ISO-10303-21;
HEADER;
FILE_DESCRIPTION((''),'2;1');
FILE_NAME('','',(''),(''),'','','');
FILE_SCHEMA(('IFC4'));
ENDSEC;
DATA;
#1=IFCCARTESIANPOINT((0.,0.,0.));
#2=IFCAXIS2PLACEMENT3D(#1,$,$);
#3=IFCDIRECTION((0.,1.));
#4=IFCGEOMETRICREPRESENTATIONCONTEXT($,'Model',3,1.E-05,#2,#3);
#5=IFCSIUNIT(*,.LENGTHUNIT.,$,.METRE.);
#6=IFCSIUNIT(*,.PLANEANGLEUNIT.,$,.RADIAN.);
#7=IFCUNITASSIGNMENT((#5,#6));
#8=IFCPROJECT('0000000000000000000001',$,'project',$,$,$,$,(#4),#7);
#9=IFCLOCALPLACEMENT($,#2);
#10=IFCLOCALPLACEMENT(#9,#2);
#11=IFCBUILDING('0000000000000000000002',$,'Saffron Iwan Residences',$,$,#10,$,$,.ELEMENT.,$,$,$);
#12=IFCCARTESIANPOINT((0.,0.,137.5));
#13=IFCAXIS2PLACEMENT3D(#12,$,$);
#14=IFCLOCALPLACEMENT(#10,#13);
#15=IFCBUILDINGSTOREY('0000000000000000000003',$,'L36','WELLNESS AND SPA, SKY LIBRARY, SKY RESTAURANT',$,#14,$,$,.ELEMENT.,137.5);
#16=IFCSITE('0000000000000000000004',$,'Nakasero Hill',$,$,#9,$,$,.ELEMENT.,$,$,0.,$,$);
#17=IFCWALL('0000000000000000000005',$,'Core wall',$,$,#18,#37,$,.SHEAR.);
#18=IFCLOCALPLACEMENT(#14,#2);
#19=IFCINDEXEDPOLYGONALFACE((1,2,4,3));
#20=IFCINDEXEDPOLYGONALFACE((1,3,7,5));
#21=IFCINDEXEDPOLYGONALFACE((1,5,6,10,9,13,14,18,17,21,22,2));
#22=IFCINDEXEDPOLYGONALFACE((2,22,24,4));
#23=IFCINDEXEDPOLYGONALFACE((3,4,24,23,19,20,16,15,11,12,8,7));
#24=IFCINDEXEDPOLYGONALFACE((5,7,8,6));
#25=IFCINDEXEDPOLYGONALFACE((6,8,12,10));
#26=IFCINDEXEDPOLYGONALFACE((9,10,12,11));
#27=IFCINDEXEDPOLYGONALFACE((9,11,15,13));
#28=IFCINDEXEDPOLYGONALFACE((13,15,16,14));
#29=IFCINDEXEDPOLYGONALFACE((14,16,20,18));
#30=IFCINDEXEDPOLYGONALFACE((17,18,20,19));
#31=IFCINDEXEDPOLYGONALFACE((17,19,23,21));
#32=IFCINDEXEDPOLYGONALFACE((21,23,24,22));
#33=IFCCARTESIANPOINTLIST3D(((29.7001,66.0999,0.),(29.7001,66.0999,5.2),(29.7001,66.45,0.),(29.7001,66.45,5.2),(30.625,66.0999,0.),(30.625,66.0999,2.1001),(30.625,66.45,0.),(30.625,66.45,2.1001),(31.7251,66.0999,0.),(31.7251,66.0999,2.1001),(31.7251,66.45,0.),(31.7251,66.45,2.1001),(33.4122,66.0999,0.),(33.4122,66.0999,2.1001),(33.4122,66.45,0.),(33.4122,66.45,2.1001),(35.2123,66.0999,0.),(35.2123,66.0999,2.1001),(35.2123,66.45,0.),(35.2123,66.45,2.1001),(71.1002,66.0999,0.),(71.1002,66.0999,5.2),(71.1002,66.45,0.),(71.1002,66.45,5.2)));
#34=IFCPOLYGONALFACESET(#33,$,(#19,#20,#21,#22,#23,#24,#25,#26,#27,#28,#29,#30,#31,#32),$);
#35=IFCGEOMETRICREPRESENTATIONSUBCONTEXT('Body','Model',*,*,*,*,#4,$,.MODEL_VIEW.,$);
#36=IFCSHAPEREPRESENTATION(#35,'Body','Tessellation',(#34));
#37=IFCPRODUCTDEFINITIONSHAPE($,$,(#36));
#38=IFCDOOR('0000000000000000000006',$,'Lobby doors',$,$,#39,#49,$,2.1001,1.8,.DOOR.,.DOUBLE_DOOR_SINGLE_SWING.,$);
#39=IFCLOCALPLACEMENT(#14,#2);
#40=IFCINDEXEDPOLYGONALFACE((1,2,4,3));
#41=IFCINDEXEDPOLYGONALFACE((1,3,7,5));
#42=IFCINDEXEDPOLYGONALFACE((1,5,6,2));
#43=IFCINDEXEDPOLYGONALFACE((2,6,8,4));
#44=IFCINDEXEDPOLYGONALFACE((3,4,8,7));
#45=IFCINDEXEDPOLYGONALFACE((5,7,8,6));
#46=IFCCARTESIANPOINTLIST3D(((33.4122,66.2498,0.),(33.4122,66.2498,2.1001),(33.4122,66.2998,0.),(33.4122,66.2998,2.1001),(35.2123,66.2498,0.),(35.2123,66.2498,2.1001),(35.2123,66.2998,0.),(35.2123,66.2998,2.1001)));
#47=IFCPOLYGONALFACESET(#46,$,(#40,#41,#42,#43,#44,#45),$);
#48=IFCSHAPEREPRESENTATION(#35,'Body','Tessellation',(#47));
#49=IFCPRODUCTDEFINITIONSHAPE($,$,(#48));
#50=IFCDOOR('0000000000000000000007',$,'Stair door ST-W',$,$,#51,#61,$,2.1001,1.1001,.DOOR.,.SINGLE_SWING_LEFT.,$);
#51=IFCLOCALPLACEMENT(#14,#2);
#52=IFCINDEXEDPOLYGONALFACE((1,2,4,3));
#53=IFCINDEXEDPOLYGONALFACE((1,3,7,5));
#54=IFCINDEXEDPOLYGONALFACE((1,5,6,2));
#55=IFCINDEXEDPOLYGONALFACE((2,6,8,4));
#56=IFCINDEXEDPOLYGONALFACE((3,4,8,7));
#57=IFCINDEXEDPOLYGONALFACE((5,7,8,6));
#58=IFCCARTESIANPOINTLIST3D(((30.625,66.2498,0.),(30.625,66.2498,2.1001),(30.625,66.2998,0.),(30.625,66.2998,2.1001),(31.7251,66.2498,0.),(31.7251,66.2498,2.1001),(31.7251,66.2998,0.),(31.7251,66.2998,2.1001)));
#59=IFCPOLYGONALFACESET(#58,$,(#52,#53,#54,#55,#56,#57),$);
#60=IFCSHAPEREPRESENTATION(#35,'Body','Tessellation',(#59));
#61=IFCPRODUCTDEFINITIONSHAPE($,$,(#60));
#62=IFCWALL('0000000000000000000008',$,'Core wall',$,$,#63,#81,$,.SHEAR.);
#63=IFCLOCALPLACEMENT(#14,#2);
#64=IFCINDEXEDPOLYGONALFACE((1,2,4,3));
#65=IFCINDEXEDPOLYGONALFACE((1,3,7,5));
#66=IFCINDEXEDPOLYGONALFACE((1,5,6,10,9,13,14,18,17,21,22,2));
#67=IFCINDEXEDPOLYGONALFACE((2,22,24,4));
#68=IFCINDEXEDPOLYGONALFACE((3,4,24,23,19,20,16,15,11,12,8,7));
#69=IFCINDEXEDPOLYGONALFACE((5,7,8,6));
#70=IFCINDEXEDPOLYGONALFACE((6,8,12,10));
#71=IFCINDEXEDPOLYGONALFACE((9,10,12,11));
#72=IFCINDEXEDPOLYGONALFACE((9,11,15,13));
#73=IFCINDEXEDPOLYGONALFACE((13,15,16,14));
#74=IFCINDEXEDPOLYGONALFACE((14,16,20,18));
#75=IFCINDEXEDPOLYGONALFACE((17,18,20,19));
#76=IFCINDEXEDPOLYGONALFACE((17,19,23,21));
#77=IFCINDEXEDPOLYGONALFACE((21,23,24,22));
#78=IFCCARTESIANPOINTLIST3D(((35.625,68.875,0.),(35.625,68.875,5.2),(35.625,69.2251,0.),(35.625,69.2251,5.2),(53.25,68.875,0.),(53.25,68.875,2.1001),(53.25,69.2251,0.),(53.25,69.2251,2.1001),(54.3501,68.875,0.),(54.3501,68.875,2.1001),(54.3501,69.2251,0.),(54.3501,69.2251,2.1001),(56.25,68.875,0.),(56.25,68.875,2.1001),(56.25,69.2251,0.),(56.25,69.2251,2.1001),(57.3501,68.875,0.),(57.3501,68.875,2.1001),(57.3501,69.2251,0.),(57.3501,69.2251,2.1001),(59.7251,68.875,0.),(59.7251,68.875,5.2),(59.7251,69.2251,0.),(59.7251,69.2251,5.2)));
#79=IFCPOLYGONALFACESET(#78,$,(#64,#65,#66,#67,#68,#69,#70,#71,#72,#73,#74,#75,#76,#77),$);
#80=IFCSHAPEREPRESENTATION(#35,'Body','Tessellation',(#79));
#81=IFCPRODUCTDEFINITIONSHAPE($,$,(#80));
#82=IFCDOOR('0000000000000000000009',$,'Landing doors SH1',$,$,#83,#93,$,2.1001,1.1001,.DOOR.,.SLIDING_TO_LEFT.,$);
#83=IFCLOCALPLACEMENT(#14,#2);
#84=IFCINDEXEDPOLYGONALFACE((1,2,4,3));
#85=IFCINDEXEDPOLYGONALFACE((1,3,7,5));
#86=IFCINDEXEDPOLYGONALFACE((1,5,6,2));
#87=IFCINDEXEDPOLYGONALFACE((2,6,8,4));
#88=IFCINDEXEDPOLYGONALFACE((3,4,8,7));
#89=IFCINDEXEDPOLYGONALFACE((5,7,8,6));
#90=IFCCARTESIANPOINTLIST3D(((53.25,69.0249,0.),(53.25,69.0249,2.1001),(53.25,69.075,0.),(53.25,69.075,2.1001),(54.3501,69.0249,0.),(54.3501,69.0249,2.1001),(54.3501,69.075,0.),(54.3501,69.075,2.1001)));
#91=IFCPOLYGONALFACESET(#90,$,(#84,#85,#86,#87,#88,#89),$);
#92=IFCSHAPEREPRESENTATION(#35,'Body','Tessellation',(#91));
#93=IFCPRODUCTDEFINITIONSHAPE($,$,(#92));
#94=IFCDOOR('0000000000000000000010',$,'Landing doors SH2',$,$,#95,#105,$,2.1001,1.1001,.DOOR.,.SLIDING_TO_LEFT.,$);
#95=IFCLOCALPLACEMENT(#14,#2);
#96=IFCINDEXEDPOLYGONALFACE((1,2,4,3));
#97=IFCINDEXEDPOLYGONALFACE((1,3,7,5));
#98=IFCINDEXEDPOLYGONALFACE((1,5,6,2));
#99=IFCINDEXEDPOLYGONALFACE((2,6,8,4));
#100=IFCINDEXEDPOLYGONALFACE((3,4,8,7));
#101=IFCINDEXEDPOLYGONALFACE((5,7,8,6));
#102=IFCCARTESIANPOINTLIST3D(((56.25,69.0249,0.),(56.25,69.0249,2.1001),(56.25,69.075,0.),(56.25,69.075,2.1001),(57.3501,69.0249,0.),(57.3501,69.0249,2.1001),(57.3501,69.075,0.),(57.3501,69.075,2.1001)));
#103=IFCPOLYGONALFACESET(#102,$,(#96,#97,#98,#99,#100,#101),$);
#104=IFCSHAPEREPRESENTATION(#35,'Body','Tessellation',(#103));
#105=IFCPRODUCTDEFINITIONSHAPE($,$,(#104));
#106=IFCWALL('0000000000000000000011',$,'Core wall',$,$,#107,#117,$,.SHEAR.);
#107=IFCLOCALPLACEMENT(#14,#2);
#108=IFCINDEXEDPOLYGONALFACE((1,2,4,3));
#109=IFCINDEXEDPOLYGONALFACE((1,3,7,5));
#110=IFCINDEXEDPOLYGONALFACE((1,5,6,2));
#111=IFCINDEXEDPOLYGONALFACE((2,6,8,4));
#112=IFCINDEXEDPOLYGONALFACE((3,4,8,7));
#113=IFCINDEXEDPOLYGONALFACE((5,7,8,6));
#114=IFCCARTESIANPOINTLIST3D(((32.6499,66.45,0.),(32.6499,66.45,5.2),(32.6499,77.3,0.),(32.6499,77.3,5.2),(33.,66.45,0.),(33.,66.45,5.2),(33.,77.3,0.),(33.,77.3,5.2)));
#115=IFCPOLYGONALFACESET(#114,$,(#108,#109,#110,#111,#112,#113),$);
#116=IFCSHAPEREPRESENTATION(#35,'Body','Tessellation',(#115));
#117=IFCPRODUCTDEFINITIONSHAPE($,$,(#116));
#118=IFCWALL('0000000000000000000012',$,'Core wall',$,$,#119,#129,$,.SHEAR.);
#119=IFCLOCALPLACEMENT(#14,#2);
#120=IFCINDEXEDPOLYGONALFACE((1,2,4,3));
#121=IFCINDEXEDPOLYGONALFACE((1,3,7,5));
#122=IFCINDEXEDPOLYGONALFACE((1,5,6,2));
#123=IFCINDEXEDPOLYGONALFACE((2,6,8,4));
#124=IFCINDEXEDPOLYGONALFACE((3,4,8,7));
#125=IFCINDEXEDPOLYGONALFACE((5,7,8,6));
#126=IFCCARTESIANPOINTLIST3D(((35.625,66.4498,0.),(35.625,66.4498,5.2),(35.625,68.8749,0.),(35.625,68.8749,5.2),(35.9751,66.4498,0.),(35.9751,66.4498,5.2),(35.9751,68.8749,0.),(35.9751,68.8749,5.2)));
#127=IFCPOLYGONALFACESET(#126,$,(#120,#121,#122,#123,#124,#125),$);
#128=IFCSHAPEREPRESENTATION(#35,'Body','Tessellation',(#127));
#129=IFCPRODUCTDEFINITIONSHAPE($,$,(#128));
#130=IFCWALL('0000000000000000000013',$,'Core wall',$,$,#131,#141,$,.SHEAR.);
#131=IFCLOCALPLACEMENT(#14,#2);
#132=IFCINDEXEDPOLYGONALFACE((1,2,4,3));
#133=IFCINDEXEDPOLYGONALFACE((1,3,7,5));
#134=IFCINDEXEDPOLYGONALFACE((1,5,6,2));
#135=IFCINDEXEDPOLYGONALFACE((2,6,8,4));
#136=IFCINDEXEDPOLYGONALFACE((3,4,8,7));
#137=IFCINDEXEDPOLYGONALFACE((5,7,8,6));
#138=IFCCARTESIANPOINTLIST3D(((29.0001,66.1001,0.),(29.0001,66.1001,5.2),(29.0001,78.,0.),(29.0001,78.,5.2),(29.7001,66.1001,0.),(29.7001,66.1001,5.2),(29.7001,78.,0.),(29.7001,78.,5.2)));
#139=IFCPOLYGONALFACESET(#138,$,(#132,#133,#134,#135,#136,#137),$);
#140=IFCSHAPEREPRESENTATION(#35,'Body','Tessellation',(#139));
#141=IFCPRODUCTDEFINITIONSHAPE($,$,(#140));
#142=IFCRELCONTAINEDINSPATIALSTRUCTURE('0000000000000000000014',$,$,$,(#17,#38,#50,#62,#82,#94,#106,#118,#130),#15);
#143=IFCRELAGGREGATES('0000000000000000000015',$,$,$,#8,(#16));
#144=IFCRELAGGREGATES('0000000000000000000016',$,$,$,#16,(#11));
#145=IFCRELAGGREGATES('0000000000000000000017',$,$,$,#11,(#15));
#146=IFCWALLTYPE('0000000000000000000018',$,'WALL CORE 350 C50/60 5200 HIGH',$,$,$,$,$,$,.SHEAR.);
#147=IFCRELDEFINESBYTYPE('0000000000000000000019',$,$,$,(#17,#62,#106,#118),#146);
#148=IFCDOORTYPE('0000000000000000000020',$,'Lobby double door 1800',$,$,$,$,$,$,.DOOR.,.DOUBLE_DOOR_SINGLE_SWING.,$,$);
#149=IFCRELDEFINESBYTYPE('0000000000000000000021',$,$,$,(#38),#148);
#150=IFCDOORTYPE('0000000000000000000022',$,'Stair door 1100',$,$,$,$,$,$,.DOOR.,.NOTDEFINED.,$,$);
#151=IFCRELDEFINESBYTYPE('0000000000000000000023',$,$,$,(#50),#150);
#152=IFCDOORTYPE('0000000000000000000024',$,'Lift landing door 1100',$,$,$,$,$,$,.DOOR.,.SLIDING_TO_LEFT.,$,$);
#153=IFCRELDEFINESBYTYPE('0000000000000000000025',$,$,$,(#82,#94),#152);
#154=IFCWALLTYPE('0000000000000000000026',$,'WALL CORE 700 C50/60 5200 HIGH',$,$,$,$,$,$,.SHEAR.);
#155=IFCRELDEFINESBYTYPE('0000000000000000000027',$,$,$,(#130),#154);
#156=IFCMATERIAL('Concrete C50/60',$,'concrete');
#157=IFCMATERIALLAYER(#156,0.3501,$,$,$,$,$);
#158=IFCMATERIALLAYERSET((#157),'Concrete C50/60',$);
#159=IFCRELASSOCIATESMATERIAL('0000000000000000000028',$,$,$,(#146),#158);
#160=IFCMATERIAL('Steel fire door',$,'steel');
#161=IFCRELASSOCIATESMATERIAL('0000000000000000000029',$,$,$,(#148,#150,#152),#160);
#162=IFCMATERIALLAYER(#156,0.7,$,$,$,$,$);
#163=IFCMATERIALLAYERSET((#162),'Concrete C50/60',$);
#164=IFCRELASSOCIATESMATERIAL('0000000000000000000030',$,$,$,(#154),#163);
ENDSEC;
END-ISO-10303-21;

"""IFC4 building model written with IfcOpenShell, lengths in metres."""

from ifc_helpers import new_model, si_unit, direction, frame, frame_2d, origin, place, context, subcontext, project, spatial, rectangle, extrude, material, layer, layer_set, type_object, element, fill, save


model = new_model("IFC4")

# Units and contexts
model_context = context("Model", 3, precision=1e-05, world=origin(), true_north=direction((0.0, 1.0)))
body_context = subcontext(model_context, "Body", "Model", "MODEL_VIEW")
ifc_project = project(units=[si_unit("LENGTHUNIT", "METRE"), si_unit("PLANEANGLEUNIT", "RADIAN")], contexts=[model_context])

# Site, building, storey
site_placement = place(None, origin())
site = spatial("IfcSite", under=ifc_project, at=site_placement, Name="Nakasero Hill", CompositionType="ELEMENT", RefElevation=0.0)
building_placement = place(site_placement, origin())
building = spatial("IfcBuilding", under=site, at=building_placement, Name="Saffron Iwan Residences", CompositionType="ELEMENT")
storey_placement = place(building_placement, frame((0.0, 0.0, 137.5)))
storey = spatial("IfcBuildingStorey", under=building, at=storey_placement, Name="L36", Description="WELLNESS AND SPA, SKY LIBRARY, SKY RESTAURANT", CompositionType="ELEMENT", Elevation=137.5)

# Walls, openings, doors
ifc_material_1 = material(Name="Concrete C50/60", Category="concrete")
ifc_layer_1 = layer(ifc_material_1, 0.3501)
ifc_layer_set_1 = layer_set([ifc_layer_1], Name="Concrete C50/60")
wall_type_1 = type_object("IfcWallType", Name="WALL CORE 350 C50/60 5200 HIGH", PredefinedType="SHEAR", material=ifc_layer_set_1)
wall_1_placement = place(storey_placement, frame((29.7, 66.2749, 0.0), z_axis=(0.0, 0.0, 1.0), x_axis=(1.0, 0.0, 0.0)))
wall_1 = element("IfcWall", 1, at=wall_1_placement, inside=storey, type_object=wall_type_1, Name="Core wall", PredefinedType="SHEAR", context=body_context, shape_type="SweptSolid", body=[
    extrude(rectangle(XDim=41.4001, YDim=0.3501, at=frame_2d((20.7002, 0.0))), origin(), (0.0, 0.0, 1.0), 5.2),
])
opening_1_placement = place(wall_1_placement, frame((0.925, 0.0, 0.0)))
opening_1 = element("IfcOpeningElement", 2, at=opening_1_placement, cuts=wall_1, PredefinedType="OPENING", context=body_context, shape_type="SweptSolid", body=[
    extrude(rectangle(XDim=1.1001, YDim=2.1001, at=frame_2d((0.55, 1.05))), frame((0.0, 0.1851, 0.0), z_axis=(0.0, -1.0, 0.0), x_axis=(1.0, 0.0, 0.0)), (0.0, 0.0, 1.0), 0.3701),
])
opening_2_placement = place(wall_1_placement, frame((3.7124, 0.0, 0.0)))
opening_2 = element("IfcOpeningElement", 3, at=opening_2_placement, cuts=wall_1, PredefinedType="OPENING", context=body_context, shape_type="SweptSolid", body=[
    extrude(rectangle(XDim=1.8, YDim=2.1001, at=frame_2d((0.8999, 1.05))), frame((0.0, 0.1851, 0.0), z_axis=(0.0, -1.0, 0.0), x_axis=(1.0, 0.0, 0.0)), (0.0, 0.0, 1.0), 0.3701),
])
ifc_material_2 = material(Name="Steel fire door", Category="steel")
door_type_1 = type_object("IfcDoorType", Name="Lobby double door 1800", OperationType="DOUBLE_DOOR_SINGLE_SWING", PredefinedType="DOOR", material=ifc_material_2)
door_1_placement = place(opening_2_placement, origin())
door_1 = element("IfcDoor", 4, at=door_1_placement, inside=storey, type_object=door_type_1, Name="Lobby doors", OperationType="DOUBLE_DOOR_SINGLE_SWING", OverallHeight=2.1001, OverallWidth=1.8, PredefinedType="DOOR", context=body_context, shape_type="SweptSolid", body=[
    extrude(rectangle(XDim=1.8, YDim=2.1001, at=frame_2d((0.8999, 1.05))), frame((0.0, 0.0249, 0.0), z_axis=(0.0, -1.0, 0.0), x_axis=(1.0, 0.0, 0.0)), (0.0, 0.0, 1.0), 0.05),
])
fill(opening_2, door_1)
door_type_2 = type_object("IfcDoorType", Name="Stair door 1100", OperationType="NOTDEFINED", PredefinedType="DOOR", material=ifc_material_2)
door_2_placement = place(opening_1_placement, origin())
door_2 = element("IfcDoor", 5, at=door_2_placement, inside=storey, type_object=door_type_2, Name="Stair door ST-W", OperationType="SINGLE_SWING_LEFT", OverallHeight=2.1001, OverallWidth=1.1001, PredefinedType="DOOR", context=body_context, shape_type="SweptSolid", body=[
    extrude(rectangle(XDim=1.1001, YDim=2.1001, at=frame_2d((0.55, 1.05))), frame((0.0, 0.0249, 0.0), z_axis=(0.0, -1.0, 0.0), x_axis=(1.0, 0.0, 0.0)), (0.0, 0.0, 1.0), 0.05),
])
fill(opening_1, door_2)
wall_2_placement = place(storey_placement, frame((35.625, 69.05, 0.0), z_axis=(0.0, 0.0, 1.0), x_axis=(1.0, 0.0, 0.0)))
wall_2 = element("IfcWall", 6, at=wall_2_placement, inside=storey, type_object=wall_type_1, Name="Core wall", PredefinedType="SHEAR", context=body_context, shape_type="SweptSolid", body=[
    extrude(rectangle(XDim=24.1001, YDim=0.3501, at=frame_2d((12.05, 0.0))), origin(), (0.0, 0.0, 1.0), 5.2),
])
opening_3_placement = place(wall_2_placement, frame((17.625, 0.0, 0.0)))
opening_3 = element("IfcOpeningElement", 7, at=opening_3_placement, cuts=wall_2, PredefinedType="OPENING", context=body_context, shape_type="SweptSolid", body=[
    extrude(rectangle(XDim=1.1001, YDim=2.1001, at=frame_2d((0.55, 1.05))), frame((0.0, 0.1851, 0.0), z_axis=(0.0, -1.0, 0.0), x_axis=(1.0, 0.0, 0.0)), (0.0, 0.0, 1.0), 0.3701),
])
opening_4_placement = place(wall_2_placement, frame((20.625, 0.0, 0.0)))
opening_4 = element("IfcOpeningElement", 8, at=opening_4_placement, cuts=wall_2, PredefinedType="OPENING", context=body_context, shape_type="SweptSolid", body=[
    extrude(rectangle(XDim=1.1001, YDim=2.1001, at=frame_2d((0.55, 1.05))), frame((0.0, 0.1851, 0.0), z_axis=(0.0, -1.0, 0.0), x_axis=(1.0, 0.0, 0.0)), (0.0, 0.0, 1.0), 0.3701),
])
door_type_3 = type_object("IfcDoorType", Name="Lift landing door 1100", OperationType="SLIDING_TO_LEFT", PredefinedType="DOOR", material=ifc_material_2)
door_3_placement = place(opening_3_placement, origin())
door_3 = element("IfcDoor", 9, at=door_3_placement, inside=storey, type_object=door_type_3, Name="Landing doors SH1", OperationType="SLIDING_TO_LEFT", OverallHeight=2.1001, OverallWidth=1.1001, PredefinedType="DOOR", context=body_context, shape_type="SweptSolid", body=[
    extrude(rectangle(XDim=1.1001, YDim=2.1001, at=frame_2d((0.55, 1.05))), frame((0.0, 0.0249, 0.0), z_axis=(0.0, -1.0, 0.0), x_axis=(1.0, 0.0, 0.0)), (0.0, 0.0, 1.0), 0.05),
])
fill(opening_3, door_3)
door_4_placement = place(opening_4_placement, origin())
door_4 = element("IfcDoor", 10, at=door_4_placement, inside=storey, type_object=door_type_3, Name="Landing doors SH2", OperationType="SLIDING_TO_LEFT", OverallHeight=2.1001, OverallWidth=1.1001, PredefinedType="DOOR", context=body_context, shape_type="SweptSolid", body=[
    extrude(rectangle(XDim=1.1001, YDim=2.1001, at=frame_2d((0.55, 1.05))), frame((0.0, 0.0249, 0.0), z_axis=(0.0, -1.0, 0.0), x_axis=(1.0, 0.0, 0.0)), (0.0, 0.0, 1.0), 0.05),
])
fill(opening_4, door_4)

# Walls
wall_3_placement = place(storey_placement, frame((32.825, 66.45, 0.0), z_axis=(0.0, 0.0, 1.0), x_axis=(0.0, 1.0, 0.0)))
element("IfcWall", 11, at=wall_3_placement, inside=storey, type_object=wall_type_1, Name="Core wall", PredefinedType="SHEAR", context=body_context, shape_type="SweptSolid", body=[
    extrude(rectangle(XDim=10.8501, YDim=0.3501, at=frame_2d((5.425, 0.0))), origin(), (0.0, 0.0, 1.0), 5.2),
])
wall_4_placement = place(storey_placement, frame((35.8, 66.45, 0.0), z_axis=(0.0, 0.0, 1.0), x_axis=(0.0, 1.0, 0.0)))
element("IfcWall", 12, at=wall_4_placement, inside=storey, type_object=wall_type_1, Name="Core wall", PredefinedType="SHEAR", context=body_context, shape_type="SweptSolid", body=[
    extrude(rectangle(XDim=2.425, YDim=0.3501, at=frame_2d((1.2124, 0.0))), origin(), (0.0, 0.0, 1.0), 5.2),
])
ifc_layer_2 = layer(ifc_material_1, 0.7)
ifc_layer_set_2 = layer_set([ifc_layer_2], Name="Concrete C50/60")
wall_type_2 = type_object("IfcWallType", Name="WALL CORE 700 C50/60 5200 HIGH", PredefinedType="SHEAR", material=ifc_layer_set_2)
wall_5_placement = place(storey_placement, frame((29.3501, 66.1001, 0.0), z_axis=(0.0, 0.0, 1.0), x_axis=(0.0, 1.0, 0.0)))
element("IfcWall", 13, at=wall_5_placement, inside=storey, type_object=wall_type_2, Name="Core wall", PredefinedType="SHEAR", context=body_context, shape_type="SweptSolid", body=[
    extrude(rectangle(XDim=11.8999, YDim=0.7, at=frame_2d((5.95, 0.0))), origin(), (0.0, 0.0, 1.0), 5.2),
])

save(model, "model.ifc")
